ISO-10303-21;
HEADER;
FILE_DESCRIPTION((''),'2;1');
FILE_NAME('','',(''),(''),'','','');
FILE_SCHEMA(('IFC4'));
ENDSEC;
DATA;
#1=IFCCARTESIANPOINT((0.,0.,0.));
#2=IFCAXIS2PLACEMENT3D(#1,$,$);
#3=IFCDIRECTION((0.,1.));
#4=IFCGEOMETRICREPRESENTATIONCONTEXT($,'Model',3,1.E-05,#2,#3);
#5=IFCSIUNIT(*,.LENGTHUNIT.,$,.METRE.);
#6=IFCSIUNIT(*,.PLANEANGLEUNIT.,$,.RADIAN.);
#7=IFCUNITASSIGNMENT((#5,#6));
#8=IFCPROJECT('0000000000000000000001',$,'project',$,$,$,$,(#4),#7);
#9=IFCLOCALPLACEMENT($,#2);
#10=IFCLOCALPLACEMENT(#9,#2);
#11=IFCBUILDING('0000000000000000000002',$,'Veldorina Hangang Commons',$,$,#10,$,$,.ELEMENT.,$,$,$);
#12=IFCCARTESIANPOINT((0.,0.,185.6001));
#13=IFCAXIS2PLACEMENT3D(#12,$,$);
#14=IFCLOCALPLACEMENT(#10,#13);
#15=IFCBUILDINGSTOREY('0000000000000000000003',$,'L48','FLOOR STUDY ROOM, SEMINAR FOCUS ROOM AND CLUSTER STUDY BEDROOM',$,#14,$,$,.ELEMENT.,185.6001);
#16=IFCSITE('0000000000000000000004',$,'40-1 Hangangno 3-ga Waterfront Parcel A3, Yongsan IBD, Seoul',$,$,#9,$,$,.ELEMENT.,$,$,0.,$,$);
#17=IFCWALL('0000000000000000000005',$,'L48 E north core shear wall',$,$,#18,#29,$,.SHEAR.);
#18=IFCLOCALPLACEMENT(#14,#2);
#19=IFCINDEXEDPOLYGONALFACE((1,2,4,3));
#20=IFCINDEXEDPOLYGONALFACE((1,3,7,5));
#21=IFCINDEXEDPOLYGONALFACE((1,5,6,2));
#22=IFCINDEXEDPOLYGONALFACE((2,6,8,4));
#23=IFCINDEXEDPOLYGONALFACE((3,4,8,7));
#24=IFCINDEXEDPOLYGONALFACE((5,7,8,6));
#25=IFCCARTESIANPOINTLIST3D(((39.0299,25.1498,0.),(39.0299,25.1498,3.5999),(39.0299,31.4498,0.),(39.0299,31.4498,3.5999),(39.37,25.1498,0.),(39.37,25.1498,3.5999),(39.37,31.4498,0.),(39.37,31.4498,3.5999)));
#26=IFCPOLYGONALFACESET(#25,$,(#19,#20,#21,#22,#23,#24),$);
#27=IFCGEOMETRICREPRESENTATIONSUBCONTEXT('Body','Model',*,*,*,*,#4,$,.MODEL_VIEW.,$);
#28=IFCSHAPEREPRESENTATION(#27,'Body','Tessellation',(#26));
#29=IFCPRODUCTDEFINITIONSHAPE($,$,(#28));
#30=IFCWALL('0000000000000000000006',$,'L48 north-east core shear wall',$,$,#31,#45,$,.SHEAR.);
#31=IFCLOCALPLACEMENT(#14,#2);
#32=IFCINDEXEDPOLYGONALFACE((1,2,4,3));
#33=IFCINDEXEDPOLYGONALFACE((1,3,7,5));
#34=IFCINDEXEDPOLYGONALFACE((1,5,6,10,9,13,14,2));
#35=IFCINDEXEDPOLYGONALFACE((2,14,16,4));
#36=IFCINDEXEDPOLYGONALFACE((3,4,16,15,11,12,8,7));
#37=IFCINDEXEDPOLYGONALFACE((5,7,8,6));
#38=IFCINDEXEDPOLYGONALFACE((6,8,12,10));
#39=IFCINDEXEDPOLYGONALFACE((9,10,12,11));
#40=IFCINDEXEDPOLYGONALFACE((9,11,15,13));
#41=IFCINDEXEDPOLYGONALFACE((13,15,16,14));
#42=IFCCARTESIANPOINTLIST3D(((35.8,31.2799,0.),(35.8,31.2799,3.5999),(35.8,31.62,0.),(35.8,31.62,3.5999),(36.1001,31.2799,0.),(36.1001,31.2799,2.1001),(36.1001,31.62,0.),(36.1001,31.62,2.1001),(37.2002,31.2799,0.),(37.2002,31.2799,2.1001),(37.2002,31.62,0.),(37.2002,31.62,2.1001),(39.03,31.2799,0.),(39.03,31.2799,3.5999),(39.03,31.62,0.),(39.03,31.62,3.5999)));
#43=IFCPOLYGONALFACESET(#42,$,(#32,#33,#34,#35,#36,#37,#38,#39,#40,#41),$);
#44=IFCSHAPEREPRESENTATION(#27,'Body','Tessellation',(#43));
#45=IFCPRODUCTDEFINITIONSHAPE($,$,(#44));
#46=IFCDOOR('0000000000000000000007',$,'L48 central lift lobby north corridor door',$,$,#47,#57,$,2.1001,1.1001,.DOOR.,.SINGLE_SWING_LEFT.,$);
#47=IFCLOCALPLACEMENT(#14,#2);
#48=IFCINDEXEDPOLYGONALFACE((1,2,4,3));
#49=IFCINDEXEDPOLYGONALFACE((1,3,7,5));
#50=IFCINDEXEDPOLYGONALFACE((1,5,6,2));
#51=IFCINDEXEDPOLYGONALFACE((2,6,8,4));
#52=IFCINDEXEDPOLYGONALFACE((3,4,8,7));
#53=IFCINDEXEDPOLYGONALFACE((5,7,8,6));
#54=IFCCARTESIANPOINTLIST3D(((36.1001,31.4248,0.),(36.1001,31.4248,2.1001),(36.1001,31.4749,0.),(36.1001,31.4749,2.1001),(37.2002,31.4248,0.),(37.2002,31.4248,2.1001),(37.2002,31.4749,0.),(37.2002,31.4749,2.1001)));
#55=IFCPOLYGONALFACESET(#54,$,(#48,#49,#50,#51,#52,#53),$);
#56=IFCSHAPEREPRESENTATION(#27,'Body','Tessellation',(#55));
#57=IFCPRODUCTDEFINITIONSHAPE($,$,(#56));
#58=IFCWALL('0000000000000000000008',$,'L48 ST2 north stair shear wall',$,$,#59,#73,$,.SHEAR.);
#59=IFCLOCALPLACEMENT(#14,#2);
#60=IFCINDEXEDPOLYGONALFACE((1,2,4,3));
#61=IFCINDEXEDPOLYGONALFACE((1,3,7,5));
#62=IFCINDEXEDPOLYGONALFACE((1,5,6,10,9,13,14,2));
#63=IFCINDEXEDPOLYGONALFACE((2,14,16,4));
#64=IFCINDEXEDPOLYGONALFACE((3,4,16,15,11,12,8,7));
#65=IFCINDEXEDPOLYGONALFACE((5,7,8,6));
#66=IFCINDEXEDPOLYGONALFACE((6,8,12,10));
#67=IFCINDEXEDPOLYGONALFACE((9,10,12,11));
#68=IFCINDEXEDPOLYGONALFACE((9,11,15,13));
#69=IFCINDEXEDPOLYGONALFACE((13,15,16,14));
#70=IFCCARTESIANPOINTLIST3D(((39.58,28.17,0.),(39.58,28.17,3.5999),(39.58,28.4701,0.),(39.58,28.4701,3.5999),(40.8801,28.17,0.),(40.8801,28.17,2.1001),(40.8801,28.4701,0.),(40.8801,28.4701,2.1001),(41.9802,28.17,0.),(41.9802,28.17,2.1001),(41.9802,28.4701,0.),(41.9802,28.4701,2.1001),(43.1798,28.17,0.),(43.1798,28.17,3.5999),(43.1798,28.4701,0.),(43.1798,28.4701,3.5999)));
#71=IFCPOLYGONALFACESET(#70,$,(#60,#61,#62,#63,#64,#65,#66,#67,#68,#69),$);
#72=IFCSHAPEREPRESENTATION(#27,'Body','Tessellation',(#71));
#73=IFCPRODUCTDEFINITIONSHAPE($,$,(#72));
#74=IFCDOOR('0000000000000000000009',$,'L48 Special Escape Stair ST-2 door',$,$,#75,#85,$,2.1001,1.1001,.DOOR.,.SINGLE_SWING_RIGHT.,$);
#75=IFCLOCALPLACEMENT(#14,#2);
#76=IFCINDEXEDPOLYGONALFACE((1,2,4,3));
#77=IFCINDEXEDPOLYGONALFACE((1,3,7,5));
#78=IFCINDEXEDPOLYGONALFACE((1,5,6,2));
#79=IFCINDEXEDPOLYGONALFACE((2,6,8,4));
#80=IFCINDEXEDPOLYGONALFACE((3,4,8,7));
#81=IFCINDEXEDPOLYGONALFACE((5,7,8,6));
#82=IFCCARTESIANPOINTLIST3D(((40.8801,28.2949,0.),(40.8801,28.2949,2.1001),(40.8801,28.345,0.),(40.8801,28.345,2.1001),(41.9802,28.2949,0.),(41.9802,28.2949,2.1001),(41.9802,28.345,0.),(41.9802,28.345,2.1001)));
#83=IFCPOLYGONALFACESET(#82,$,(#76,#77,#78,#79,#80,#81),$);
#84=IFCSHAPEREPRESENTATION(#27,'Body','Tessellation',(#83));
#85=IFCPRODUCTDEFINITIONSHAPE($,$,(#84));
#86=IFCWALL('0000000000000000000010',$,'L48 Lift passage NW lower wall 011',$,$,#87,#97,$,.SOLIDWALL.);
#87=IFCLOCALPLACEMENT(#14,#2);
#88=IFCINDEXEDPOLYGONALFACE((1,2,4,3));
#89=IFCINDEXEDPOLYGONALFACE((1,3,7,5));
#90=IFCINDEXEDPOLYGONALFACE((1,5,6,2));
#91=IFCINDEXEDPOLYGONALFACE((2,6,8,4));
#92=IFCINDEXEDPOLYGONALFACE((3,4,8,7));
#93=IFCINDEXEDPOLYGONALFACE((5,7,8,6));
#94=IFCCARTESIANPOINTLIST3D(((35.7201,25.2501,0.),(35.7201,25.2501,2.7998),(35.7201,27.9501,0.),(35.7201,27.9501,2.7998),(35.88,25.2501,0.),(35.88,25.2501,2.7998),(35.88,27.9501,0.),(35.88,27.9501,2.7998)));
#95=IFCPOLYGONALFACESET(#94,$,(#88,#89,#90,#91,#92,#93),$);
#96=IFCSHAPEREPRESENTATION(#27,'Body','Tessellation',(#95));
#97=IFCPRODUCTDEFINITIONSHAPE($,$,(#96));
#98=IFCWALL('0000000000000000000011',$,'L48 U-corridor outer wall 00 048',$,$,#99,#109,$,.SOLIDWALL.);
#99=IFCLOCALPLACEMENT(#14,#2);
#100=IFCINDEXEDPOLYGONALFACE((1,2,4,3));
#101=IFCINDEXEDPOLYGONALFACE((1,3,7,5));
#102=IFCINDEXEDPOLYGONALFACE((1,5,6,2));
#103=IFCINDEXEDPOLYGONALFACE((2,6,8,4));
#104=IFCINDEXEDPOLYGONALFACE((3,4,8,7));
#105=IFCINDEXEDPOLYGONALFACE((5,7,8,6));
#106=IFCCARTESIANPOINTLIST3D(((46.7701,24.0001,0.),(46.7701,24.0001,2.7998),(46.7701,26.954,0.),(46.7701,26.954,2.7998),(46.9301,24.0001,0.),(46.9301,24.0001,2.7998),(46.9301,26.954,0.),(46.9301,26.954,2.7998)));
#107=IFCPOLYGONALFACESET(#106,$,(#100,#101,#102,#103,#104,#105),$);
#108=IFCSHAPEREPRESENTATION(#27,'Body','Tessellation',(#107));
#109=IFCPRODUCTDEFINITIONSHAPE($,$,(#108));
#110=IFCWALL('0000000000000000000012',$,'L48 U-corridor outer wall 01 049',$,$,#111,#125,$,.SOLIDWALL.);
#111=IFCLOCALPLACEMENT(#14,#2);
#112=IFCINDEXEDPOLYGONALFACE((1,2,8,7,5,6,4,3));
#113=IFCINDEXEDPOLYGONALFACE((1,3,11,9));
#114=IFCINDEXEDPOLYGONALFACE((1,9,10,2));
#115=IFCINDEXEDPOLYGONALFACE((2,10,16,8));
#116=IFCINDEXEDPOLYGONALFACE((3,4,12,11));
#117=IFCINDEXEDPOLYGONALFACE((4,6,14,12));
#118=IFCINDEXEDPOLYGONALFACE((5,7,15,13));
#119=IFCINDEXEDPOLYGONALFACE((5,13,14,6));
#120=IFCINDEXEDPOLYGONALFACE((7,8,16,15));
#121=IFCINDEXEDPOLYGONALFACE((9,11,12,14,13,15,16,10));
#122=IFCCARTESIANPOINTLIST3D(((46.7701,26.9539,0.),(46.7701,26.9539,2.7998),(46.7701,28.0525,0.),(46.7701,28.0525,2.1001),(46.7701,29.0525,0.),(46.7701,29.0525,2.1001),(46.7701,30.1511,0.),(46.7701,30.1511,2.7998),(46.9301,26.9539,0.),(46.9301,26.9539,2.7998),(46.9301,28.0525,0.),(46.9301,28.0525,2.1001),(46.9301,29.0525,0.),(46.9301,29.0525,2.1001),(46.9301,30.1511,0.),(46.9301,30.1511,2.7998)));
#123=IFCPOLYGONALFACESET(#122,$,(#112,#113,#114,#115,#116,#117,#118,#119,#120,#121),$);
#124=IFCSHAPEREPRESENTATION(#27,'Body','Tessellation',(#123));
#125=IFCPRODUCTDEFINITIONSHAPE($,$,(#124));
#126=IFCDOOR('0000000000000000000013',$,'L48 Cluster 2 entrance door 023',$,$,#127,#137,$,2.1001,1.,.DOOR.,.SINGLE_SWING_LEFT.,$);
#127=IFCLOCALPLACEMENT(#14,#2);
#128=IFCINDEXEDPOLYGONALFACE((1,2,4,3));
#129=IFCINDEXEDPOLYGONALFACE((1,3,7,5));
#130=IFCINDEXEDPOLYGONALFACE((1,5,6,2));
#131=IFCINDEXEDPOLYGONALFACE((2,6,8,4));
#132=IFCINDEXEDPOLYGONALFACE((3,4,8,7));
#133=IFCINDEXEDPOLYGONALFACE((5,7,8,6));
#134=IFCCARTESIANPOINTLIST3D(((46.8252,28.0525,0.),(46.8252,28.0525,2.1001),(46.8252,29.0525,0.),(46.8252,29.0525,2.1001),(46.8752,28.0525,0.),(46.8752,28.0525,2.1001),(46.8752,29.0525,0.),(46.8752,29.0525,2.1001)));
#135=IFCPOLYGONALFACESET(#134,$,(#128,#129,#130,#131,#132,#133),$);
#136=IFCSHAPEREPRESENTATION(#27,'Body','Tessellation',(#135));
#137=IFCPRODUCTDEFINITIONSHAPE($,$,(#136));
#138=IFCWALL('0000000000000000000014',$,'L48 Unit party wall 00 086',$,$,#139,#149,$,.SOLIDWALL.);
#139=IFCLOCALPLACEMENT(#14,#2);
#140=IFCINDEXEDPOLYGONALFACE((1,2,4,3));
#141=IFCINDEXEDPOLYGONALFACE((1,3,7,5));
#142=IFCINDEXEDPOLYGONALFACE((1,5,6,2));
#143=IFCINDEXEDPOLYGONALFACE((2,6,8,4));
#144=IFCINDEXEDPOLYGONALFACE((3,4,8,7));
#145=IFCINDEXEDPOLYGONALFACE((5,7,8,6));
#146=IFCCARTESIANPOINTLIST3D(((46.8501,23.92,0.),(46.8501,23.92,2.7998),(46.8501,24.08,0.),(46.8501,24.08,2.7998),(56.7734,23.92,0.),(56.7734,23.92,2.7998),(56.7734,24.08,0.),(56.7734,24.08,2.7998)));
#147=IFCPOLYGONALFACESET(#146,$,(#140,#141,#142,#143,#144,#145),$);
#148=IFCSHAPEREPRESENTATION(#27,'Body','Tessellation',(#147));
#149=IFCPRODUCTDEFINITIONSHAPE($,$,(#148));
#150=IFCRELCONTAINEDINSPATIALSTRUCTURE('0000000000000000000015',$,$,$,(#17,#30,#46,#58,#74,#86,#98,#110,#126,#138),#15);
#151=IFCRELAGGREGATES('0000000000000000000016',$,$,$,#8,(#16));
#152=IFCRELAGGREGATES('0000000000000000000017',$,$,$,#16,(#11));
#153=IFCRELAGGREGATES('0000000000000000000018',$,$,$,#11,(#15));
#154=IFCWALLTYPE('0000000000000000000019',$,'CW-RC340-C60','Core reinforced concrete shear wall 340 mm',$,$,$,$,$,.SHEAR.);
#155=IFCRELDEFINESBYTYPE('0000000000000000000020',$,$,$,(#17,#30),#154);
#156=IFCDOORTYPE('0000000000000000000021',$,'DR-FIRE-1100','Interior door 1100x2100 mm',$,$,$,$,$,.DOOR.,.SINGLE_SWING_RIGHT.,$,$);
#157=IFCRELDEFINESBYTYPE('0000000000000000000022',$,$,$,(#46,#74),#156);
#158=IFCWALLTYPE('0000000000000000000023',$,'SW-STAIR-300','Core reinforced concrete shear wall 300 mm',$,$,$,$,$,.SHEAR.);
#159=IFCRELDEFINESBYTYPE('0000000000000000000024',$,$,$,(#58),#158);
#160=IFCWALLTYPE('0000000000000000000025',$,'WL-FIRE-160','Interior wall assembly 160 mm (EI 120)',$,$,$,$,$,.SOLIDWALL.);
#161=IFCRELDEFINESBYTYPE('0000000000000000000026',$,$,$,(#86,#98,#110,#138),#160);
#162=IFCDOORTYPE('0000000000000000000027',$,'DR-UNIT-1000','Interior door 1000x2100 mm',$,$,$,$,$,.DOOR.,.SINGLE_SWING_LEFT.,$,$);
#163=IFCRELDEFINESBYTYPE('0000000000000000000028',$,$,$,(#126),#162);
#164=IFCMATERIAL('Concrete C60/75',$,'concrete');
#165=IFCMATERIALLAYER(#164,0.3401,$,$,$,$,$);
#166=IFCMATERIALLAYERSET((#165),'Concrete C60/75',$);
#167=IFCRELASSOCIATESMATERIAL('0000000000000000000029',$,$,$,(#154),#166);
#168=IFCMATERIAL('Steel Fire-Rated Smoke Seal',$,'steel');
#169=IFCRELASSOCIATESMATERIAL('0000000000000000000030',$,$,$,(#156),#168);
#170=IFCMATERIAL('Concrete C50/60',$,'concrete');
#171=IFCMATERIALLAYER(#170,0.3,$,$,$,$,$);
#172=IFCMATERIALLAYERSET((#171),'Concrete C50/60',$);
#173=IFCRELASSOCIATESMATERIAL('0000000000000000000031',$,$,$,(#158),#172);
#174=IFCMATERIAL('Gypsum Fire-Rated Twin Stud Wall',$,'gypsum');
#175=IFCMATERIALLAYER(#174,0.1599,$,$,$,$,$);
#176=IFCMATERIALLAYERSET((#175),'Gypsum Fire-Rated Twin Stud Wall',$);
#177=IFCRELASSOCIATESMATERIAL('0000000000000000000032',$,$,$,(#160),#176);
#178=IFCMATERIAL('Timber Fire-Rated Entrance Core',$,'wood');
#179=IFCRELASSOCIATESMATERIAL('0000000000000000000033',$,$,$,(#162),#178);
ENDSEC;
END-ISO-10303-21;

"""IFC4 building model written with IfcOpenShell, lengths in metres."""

from ifc_helpers import new_model, si_unit, direction, frame, frame_2d, origin, place, context, subcontext, project, spatial, rectangle, extrude, material, layer, layer_set, type_object, element, fill, save


model = new_model("IFC4")

# Units and contexts
model_context = context("Model", 3, precision=1e-05, world=origin(), true_north=direction((0.0, 1.0)))
body_context = subcontext(model_context, "Body", "Model", "MODEL_VIEW")
ifc_project = project(units=[si_unit("LENGTHUNIT", "METRE"), si_unit("PLANEANGLEUNIT", "RADIAN")], contexts=[model_context])

# Site, building, storey
site_placement = place(None, origin())
site = spatial("IfcSite", under=ifc_project, at=site_placement, Name="40-1 Hangangno 3-ga Waterfront Parcel A3, Yongsan IBD, Seoul", CompositionType="ELEMENT", RefElevation=0.0)
building_placement = place(site_placement, origin())
building = spatial("IfcBuilding", under=site, at=building_placement, Name="Veldorina Hangang Commons", CompositionType="ELEMENT")
storey_placement = place(building_placement, frame((0.0, 0.0, 185.6001)))
storey = spatial("IfcBuildingStorey", under=building, at=storey_placement, Name="L48", Description="FLOOR STUDY ROOM, SEMINAR FOCUS ROOM AND CLUSTER STUDY BEDROOM", CompositionType="ELEMENT", Elevation=185.6001)

# Wall
ifc_material_1 = material(Name="Concrete C60/75", Category="concrete")
ifc_layer_1 = layer(ifc_material_1, 0.3401)
ifc_layer_set_1 = layer_set([ifc_layer_1], Name="Concrete C60/75")
wall_type_1 = type_object("IfcWallType", Name="CW-RC340-C60", Description="Core reinforced concrete shear wall 340 mm", PredefinedType="SHEAR", material=ifc_layer_set_1)
wall_1_placement = place(storey_placement, frame((39.2, 25.1499, 0.0), z_axis=(0.0, 0.0, 1.0), x_axis=(0.0, 1.0, 0.0)))
element("IfcWall", 1, at=wall_1_placement, inside=storey, type_object=wall_type_1, Name="L48 E north core shear wall", PredefinedType="SHEAR", context=body_context, shape_type="SweptSolid", body=[
    extrude(rectangle(XDim=6.3, YDim=0.3401, at=frame_2d((3.1499, 0.0))), origin(), (0.0, 0.0, 1.0), 3.5999),
])

# Walls, openings, doors
wall_2_placement = place(storey_placement, frame((35.8, 31.45, 0.0), z_axis=(0.0, 0.0, 1.0), x_axis=(1.0, 0.0, 0.0)))
wall_2 = element("IfcWall", 2, at=wall_2_placement, inside=storey, type_object=wall_type_1, Name="L48 north-east core shear wall", PredefinedType="SHEAR", context=body_context, shape_type="SweptSolid", body=[
    extrude(rectangle(XDim=3.23, YDim=0.3401, at=frame_2d((1.615, 0.0))), origin(), (0.0, 0.0, 1.0), 3.5999),
])
opening_1_placement = place(wall_2_placement, frame((0.3, 0.0, 0.0)))
opening_1 = element("IfcOpeningElement", 3, at=opening_1_placement, cuts=wall_2, PredefinedType="OPENING", context=body_context, shape_type="SweptSolid", body=[
    extrude(rectangle(XDim=1.1001, YDim=2.1001, at=frame_2d((0.55, 1.05))), frame((0.0, 0.1802, 0.0), z_axis=(0.0, -1.0, 0.0), x_axis=(1.0, 0.0, 0.0)), (0.0, 0.0, 1.0), 0.3601),
])
ifc_material_2 = material(Name="Steel Fire-Rated Smoke Seal", Category="steel")
door_type_1 = type_object("IfcDoorType", Name="DR-FIRE-1100", Description="Interior door 1100x2100 mm", OperationType="SINGLE_SWING_RIGHT", PredefinedType="DOOR", material=ifc_material_2)
door_1_placement = place(opening_1_placement, origin())
door_1 = element("IfcDoor", 4, at=door_1_placement, inside=storey, type_object=door_type_1, Name="L48 central lift lobby north corridor door", OperationType="SINGLE_SWING_LEFT", OverallHeight=2.1001, OverallWidth=1.1001, PredefinedType="DOOR", context=body_context, shape_type="SweptSolid", body=[
    extrude(rectangle(XDim=1.1001, YDim=2.1001, at=frame_2d((0.55, 1.05))), frame((0.0, 0.0249, 0.0), z_axis=(0.0, -1.0, 0.0), x_axis=(1.0, 0.0, 0.0)), (0.0, 0.0, 1.0), 0.05),
])
fill(opening_1, door_1)
ifc_material_3 = material(Name="Concrete C50/60", Category="concrete")
ifc_layer_2 = layer(ifc_material_3, 0.3)
ifc_layer_set_2 = layer_set([ifc_layer_2], Name="Concrete C50/60")
wall_type_2 = type_object("IfcWallType", Name="SW-STAIR-300", Description="Core reinforced concrete shear wall 300 mm", PredefinedType="SHEAR", material=ifc_layer_set_2)
wall_3_placement = place(storey_placement, frame((39.5801, 28.3201, 0.0), z_axis=(0.0, 0.0, 1.0), x_axis=(1.0, 0.0, 0.0)))
wall_3 = element("IfcWall", 5, at=wall_3_placement, inside=storey, type_object=wall_type_2, Name="L48 ST2 north stair shear wall", PredefinedType="SHEAR", context=body_context, shape_type="SweptSolid", body=[
    extrude(rectangle(XDim=3.5999, YDim=0.3, at=frame_2d((1.7998, 0.0))), origin(), (0.0, 0.0, 1.0), 3.5999),
])
opening_2_placement = place(wall_3_placement, frame((1.3, 0.0, 0.0)))
opening_2 = element("IfcOpeningElement", 6, at=opening_2_placement, cuts=wall_3, PredefinedType="OPENING", context=body_context, shape_type="SweptSolid", body=[
    extrude(rectangle(XDim=1.1001, YDim=2.1001, at=frame_2d((0.55, 1.05))), frame((0.0, 0.1602, 0.0), z_axis=(0.0, -1.0, 0.0), x_axis=(1.0, 0.0, 0.0)), (0.0, 0.0, 1.0), 0.3201),
])
door_2_placement = place(opening_2_placement, origin())
door_2 = element("IfcDoor", 7, at=door_2_placement, inside=storey, type_object=door_type_1, Name="L48 Special Escape Stair ST-2 door", OperationType="SINGLE_SWING_RIGHT", OverallHeight=2.1001, OverallWidth=1.1001, PredefinedType="DOOR", context=body_context, shape_type="SweptSolid", body=[
    extrude(rectangle(XDim=1.1001, YDim=2.1001, at=frame_2d((0.55, 1.05))), frame((0.0, 0.0249, 0.0), z_axis=(0.0, -1.0, 0.0), x_axis=(1.0, 0.0, 0.0)), (0.0, 0.0, 1.0), 0.05),
])
fill(opening_2, door_2)

# Walls
ifc_material_4 = material(Name="Gypsum Fire-Rated Twin Stud Wall", Category="gypsum")
ifc_layer_3 = layer(ifc_material_4, 0.1599)
ifc_layer_set_3 = layer_set([ifc_layer_3], Name="Gypsum Fire-Rated Twin Stud Wall")
wall_type_3 = type_object("IfcWallType", Name="WL-FIRE-160", Description="Interior wall assembly 160 mm (EI 120)", PredefinedType="SOLIDWALL", material=ifc_layer_set_3)
wall_4_placement = place(storey_placement, frame((35.8, 25.25, 0.0), z_axis=(0.0, 0.0, 1.0), x_axis=(0.0, 1.0, 0.0)))
element("IfcWall", 8, at=wall_4_placement, inside=storey, type_object=wall_type_3, Name="L48 Lift passage NW lower wall 011", PredefinedType="SOLIDWALL", context=body_context, shape_type="SweptSolid", body=[
    extrude(rectangle(XDim=2.7, YDim=0.1599, at=frame_2d((1.3501, 0.0))), origin(), (0.0, 0.0, 1.0), 2.7998),
])
wall_5_placement = place(storey_placement, frame((46.8501, 24.0, 0.0), z_axis=(0.0, 0.0, 1.0), x_axis=(0.0, 1.0, 0.0)))
element("IfcWall", 9, at=wall_5_placement, inside=storey, type_object=wall_type_3, Name="L48 U-corridor outer wall 00 048", PredefinedType="SOLIDWALL", context=body_context, shape_type="SweptSolid", body=[
    extrude(rectangle(XDim=2.9539, YDim=0.1599, at=frame_2d((1.4771, 0.0))), origin(), (0.0, 0.0, 1.0), 2.7998),
])

# Wall, opening, door
wall_6_placement = place(storey_placement, frame((46.8501, 26.9539, 0.0), z_axis=(0.0, 0.0, 1.0), x_axis=(0.0, 1.0, 0.0)))
wall_6 = element("IfcWall", 10, at=wall_6_placement, inside=storey, type_object=wall_type_3, Name="L48 U-corridor outer wall 01 049", PredefinedType="SOLIDWALL", context=body_context, shape_type="SweptSolid", body=[
    extrude(rectangle(XDim=3.1973, YDim=0.1599, at=frame_2d((1.5986, 0.0))), origin(), (0.0, 0.0, 1.0), 2.7998),
])
opening_3_placement = place(wall_6_placement, frame((1.0986, 0.0, 0.0)))
opening_3 = element("IfcOpeningElement", 11, at=opening_3_placement, cuts=wall_6, PredefinedType="OPENING", context=body_context, shape_type="SweptSolid", body=[
    extrude(rectangle(XDim=1.0, YDim=2.1001, at=frame_2d((0.5, 1.05))), frame((0.0, 0.0898, 0.0), z_axis=(0.0, -1.0, 0.0), x_axis=(1.0, 0.0, 0.0)), (0.0, 0.0, 1.0), 0.1799),
])
ifc_material_5 = material(Name="Timber Fire-Rated Entrance Core", Category="wood")
door_type_2 = type_object("IfcDoorType", Name="DR-UNIT-1000", Description="Interior door 1000x2100 mm", OperationType="SINGLE_SWING_LEFT", PredefinedType="DOOR", material=ifc_material_5)
door_3_placement = place(opening_3_placement, origin())
door_3 = element("IfcDoor", 12, at=door_3_placement, inside=storey, type_object=door_type_2, Name="L48 Cluster 2 entrance door 023", OperationType="SINGLE_SWING_LEFT", OverallHeight=2.1001, OverallWidth=1.0, PredefinedType="DOOR", context=body_context, shape_type="SweptSolid", body=[
    extrude(rectangle(XDim=1.0, YDim=2.1001, at=frame_2d((0.5, 1.05))), frame((0.0, 0.0249, 0.0), z_axis=(0.0, -1.0, 0.0), x_axis=(1.0, 0.0, 0.0)), (0.0, 0.0, 1.0), 0.05),
])
fill(opening_3, door_3)

# Wall
wall_7_placement = place(storey_placement, frame((46.8501, 24.0, 0.0), z_axis=(0.0, 0.0, 1.0), x_axis=(1.0, 0.0, 0.0)))
element("IfcWall", 13, at=wall_7_placement, inside=storey, type_object=wall_type_3, Name="L48 Unit party wall 00 086", PredefinedType="SOLIDWALL", context=body_context, shape_type="SweptSolid", body=[
    extrude(rectangle(XDim=9.9233, YDim=0.1599, at=frame_2d((4.9617, 0.0))), origin(), (0.0, 0.0, 1.0), 2.7998),
])

save(model, "model.ifc")
